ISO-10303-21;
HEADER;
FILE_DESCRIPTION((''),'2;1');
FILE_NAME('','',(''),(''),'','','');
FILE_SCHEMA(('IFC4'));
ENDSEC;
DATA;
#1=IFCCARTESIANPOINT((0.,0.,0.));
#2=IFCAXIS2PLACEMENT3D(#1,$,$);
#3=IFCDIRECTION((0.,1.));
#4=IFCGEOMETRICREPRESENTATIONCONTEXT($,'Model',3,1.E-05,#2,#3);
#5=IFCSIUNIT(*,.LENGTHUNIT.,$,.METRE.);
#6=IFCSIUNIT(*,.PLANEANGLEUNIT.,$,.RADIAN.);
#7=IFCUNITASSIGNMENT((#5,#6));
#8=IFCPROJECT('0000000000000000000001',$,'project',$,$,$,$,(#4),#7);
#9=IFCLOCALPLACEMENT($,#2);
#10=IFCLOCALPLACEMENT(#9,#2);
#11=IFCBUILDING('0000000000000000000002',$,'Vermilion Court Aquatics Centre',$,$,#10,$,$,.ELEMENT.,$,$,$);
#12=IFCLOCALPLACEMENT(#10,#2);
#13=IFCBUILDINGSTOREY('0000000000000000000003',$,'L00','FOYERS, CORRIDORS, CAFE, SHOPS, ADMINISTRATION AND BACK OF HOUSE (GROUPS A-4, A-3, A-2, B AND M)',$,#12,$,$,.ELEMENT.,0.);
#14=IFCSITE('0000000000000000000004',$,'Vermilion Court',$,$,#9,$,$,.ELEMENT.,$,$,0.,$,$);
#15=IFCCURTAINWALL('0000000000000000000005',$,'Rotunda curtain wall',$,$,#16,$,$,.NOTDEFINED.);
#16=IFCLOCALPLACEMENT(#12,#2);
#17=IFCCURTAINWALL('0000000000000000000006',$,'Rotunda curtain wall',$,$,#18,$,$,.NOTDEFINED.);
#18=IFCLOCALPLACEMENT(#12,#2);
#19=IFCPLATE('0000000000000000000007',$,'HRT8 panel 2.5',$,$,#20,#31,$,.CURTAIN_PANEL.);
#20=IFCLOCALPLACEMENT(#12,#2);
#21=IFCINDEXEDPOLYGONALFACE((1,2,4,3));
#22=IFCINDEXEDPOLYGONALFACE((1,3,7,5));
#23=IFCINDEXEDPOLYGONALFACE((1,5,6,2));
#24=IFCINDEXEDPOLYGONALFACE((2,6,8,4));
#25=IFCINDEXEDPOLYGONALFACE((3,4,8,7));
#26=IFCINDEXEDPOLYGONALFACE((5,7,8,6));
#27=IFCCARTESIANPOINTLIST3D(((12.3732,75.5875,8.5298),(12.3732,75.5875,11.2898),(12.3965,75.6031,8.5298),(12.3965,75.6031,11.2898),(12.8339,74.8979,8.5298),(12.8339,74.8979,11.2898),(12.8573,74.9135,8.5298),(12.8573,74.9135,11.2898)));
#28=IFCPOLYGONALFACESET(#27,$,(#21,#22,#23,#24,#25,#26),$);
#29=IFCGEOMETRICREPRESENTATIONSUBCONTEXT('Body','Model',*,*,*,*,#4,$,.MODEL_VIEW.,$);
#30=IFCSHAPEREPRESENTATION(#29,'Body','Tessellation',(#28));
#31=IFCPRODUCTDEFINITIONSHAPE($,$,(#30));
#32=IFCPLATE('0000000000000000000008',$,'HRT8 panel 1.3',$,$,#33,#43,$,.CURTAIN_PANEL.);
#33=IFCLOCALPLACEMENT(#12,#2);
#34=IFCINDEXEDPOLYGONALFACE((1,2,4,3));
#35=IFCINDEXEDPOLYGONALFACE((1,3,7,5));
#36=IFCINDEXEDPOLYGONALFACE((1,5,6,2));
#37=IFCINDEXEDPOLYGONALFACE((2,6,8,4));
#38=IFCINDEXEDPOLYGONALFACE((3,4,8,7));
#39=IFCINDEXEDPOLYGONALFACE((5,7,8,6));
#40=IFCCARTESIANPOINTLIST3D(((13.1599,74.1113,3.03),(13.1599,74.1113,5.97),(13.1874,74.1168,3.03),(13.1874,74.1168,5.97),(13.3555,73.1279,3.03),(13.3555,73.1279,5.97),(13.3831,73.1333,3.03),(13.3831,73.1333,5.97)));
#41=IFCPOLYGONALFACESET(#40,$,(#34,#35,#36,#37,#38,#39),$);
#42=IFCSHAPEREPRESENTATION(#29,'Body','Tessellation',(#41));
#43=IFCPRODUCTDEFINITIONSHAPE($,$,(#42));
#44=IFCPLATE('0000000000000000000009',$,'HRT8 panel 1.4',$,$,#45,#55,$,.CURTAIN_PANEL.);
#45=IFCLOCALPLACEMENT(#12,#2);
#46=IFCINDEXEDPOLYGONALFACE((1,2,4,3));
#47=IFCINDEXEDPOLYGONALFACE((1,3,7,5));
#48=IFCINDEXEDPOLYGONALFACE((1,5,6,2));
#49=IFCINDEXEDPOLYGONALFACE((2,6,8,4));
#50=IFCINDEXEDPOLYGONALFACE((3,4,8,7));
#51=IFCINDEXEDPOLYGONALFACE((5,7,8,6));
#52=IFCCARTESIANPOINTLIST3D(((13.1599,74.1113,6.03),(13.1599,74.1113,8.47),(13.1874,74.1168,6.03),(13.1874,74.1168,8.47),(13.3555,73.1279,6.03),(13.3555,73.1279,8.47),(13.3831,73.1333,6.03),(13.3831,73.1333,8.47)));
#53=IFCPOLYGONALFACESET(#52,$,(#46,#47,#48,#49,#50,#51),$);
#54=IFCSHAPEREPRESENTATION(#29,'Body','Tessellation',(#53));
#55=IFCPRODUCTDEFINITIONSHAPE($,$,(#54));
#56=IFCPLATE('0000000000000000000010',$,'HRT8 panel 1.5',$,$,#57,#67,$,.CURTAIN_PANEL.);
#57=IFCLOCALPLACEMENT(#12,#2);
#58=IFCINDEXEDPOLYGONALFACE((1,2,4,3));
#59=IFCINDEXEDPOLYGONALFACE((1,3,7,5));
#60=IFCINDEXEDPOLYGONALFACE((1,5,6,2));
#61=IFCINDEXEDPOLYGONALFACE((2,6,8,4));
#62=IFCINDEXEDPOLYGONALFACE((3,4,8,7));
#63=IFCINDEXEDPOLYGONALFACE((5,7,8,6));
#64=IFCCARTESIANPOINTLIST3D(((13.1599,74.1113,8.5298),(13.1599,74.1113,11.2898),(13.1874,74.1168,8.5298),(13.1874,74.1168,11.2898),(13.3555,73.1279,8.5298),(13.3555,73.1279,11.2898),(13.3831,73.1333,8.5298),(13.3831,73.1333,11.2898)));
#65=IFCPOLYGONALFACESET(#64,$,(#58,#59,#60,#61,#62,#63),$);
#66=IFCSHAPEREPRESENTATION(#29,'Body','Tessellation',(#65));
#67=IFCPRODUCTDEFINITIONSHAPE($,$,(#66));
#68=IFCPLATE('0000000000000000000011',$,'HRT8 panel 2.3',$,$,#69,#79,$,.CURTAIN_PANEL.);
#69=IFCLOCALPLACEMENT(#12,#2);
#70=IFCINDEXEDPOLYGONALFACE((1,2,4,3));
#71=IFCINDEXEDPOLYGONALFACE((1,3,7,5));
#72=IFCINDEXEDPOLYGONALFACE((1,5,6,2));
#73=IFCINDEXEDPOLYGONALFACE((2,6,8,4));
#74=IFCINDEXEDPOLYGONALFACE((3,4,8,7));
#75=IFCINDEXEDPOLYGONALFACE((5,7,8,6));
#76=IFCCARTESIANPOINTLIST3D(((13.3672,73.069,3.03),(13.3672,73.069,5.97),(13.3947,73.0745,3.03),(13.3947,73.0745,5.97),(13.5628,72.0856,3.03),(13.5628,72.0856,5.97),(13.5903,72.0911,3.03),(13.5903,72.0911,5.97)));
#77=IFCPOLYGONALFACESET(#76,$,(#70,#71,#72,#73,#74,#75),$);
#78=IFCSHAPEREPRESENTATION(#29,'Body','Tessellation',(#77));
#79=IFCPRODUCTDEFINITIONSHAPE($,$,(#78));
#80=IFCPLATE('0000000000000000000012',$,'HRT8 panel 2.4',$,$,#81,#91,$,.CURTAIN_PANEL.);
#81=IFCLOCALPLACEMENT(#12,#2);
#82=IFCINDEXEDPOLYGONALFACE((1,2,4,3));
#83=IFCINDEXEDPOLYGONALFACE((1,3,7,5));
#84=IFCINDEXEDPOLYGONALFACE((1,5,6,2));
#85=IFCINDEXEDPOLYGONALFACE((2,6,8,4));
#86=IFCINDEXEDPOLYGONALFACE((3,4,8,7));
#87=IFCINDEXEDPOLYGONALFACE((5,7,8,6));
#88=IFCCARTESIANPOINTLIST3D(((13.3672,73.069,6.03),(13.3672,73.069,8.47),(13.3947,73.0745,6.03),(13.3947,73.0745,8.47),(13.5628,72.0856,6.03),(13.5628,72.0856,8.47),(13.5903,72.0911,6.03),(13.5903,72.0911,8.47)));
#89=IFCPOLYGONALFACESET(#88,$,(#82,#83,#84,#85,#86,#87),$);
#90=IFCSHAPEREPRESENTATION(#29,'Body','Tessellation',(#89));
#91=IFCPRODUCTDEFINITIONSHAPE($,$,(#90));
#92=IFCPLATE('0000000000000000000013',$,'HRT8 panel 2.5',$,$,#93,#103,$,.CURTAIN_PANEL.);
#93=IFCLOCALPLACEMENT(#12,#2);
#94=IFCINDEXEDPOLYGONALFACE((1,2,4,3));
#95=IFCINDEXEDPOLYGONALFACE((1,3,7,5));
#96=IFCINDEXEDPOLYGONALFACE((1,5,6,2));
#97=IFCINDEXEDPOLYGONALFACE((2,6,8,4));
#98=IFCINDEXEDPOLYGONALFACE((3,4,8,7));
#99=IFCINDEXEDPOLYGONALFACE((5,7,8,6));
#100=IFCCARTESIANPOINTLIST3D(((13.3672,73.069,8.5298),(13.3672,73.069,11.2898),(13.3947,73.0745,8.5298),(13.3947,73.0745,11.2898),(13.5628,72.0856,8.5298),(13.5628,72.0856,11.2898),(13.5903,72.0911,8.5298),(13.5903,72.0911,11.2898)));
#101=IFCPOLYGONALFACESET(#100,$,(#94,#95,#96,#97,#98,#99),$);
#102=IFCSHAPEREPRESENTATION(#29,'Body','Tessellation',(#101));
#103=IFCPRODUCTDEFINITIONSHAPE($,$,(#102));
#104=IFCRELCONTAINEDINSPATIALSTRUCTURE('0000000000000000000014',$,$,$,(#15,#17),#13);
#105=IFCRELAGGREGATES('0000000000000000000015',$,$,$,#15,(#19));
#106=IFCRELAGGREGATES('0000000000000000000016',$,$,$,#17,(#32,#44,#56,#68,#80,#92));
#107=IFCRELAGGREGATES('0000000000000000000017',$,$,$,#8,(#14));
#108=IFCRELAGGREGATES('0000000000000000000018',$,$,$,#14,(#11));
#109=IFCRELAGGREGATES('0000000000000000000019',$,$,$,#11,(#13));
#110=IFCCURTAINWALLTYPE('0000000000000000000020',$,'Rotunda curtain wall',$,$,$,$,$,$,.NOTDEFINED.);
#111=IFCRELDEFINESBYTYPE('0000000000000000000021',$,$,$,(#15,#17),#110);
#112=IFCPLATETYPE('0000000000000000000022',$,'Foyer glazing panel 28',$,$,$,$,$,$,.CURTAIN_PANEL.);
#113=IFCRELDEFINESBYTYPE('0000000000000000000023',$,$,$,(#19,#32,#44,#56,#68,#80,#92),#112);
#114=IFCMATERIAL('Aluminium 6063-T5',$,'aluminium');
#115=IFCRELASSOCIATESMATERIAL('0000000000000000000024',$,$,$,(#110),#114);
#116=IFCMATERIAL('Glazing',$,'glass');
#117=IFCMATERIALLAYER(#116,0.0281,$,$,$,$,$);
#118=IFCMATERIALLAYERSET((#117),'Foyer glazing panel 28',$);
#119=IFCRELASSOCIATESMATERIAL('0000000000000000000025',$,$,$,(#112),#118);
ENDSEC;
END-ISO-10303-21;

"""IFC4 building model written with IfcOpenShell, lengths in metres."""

from ifc_helpers import new_model, si_unit, direction, frame, origin, origin_2d, place, context, subcontext, project, spatial, rectangle, extrude, material, layer, layer_set, type_object, element, aggregate, save


model = new_model("IFC4")

# Units and contexts
model_context = context("Model", 3, precision=1e-05, world=origin(), true_north=direction((0.0, 1.0)))
body_context = subcontext(model_context, "Body", "Model", "MODEL_VIEW")
ifc_project = project(units=[si_unit("LENGTHUNIT", "METRE"), si_unit("PLANEANGLEUNIT", "RADIAN")], contexts=[model_context])

# Site, building, storey
site_placement = place(None, origin())
site = spatial("IfcSite", under=ifc_project, at=site_placement, Name="Vermilion Court", CompositionType="ELEMENT", RefElevation=0.0)
building_placement = place(site_placement, origin())
building = spatial("IfcBuilding", under=site, at=building_placement, Name="Vermilion Court Aquatics Centre", CompositionType="ELEMENT")
storey_placement = place(building_placement, origin())
storey = spatial("IfcBuildingStorey", under=building, at=storey_placement, Name="L00", Description="FOYERS, CORRIDORS, CAFE, SHOPS, ADMINISTRATION AND BACK OF HOUSE (GROUPS A-4, A-3, A-2, B AND M)", CompositionType="ELEMENT", Elevation=0.0)

# Curtain walls
ifc_material_1 = material(Name="Aluminium 6063-T5", Category="aluminium")
curtain_wall_type = type_object("IfcCurtainWallType", Name="Rotunda curtain wall", PredefinedType="NOTDEFINED", material=ifc_material_1)
curtain_wall_1_placement = place(storey_placement, origin())
curtain_wall_1 = element("IfcCurtainWall", 1, at=curtain_wall_1_placement, inside=storey, type_object=curtain_wall_type, Name="Rotunda curtain wall", PredefinedType="NOTDEFINED")
curtain_wall_2_placement = place(storey_placement, origin())
curtain_wall_2 = element("IfcCurtainWall", 2, at=curtain_wall_2_placement, inside=storey, type_object=curtain_wall_type, Name="Rotunda curtain wall", PredefinedType="NOTDEFINED")

# Plates
ifc_material_2 = material(Name="Glazing", Category="glass")
ifc_layer = layer(ifc_material_2, 0.0281)
ifc_layer_set = layer_set([ifc_layer], Name="Foyer glazing panel 28")
plate_type = type_object("IfcPlateType", Name="Foyer glazing panel 28", PredefinedType="CURTAIN_PANEL", material=ifc_layer_set)
plate_1_placement = place(storey_placement, frame((12.6152, 75.2505, 8.5298), z_axis=(0.0, 0.0, 1.0), x_axis=(0.555541, -0.831489, 0.0)))
plate_1 = element("IfcPlate", 3, at=plate_1_placement, type_object=plate_type, Name="HRT8 panel 2.5", PredefinedType="CURTAIN_PANEL", context=body_context, shape_type="SweptSolid", body=[
    extrude(rectangle(XDim=0.8293, YDim=0.0281, at=origin_2d()), origin(), (0.0, 0.0, 1.0), 2.76),
])
aggregate(curtain_wall_1, [plate_1])
plate_2_placement = place(storey_placement, frame((13.2715, 73.6223, 3.03), z_axis=(0.0, 0.0, 1.0), x_axis=(0.195095, -0.980784, 0.0)))
plate_2 = element("IfcPlate", 4, at=plate_2_placement, type_object=plate_type, Name="HRT8 panel 1.3", PredefinedType="CURTAIN_PANEL", context=body_context, shape_type="SweptSolid", body=[
    extrude(rectangle(XDim=1.0027, YDim=0.0281, at=origin_2d()), origin(), (0.0, 0.0, 1.0), 2.9399),
])
plate_3_placement = place(storey_placement, frame((13.2715, 73.6223, 6.03), z_axis=(0.0, 0.0, 1.0), x_axis=(0.195095, -0.980784, 0.0)))
plate_3 = element("IfcPlate", 5, at=plate_3_placement, type_object=plate_type, Name="HRT8 panel 1.4", PredefinedType="CURTAIN_PANEL", context=body_context, shape_type="SweptSolid", body=[
    extrude(rectangle(XDim=1.0027, YDim=0.0281, at=origin_2d()), origin(), (0.0, 0.0, 1.0), 2.4399),
])
plate_4_placement = place(storey_placement, frame((13.2715, 73.6223, 8.5298), z_axis=(0.0, 0.0, 1.0), x_axis=(0.195095, -0.980784, 0.0)))
plate_4 = element("IfcPlate", 6, at=plate_4_placement, type_object=plate_type, Name="HRT8 panel 1.5", PredefinedType="CURTAIN_PANEL", context=body_context, shape_type="SweptSolid", body=[
    extrude(rectangle(XDim=1.0027, YDim=0.0281, at=origin_2d()), origin(), (0.0, 0.0, 1.0), 2.76),
])
plate_5_placement = place(storey_placement, frame((13.4788, 72.5801, 3.03), z_axis=(0.0, 0.0, 1.0), x_axis=(0.195095, -0.980784, 0.0)))
plate_5 = element("IfcPlate", 7, at=plate_5_placement, type_object=plate_type, Name="HRT8 panel 2.3", PredefinedType="CURTAIN_PANEL", context=body_context, shape_type="SweptSolid", body=[
    extrude(rectangle(XDim=1.0027, YDim=0.0281, at=origin_2d()), origin(), (0.0, 0.0, 1.0), 2.9399),
])
plate_6_placement = place(storey_placement, frame((13.4788, 72.5801, 6.03), z_axis=(0.0, 0.0, 1.0), x_axis=(0.195095, -0.980784, 0.0)))
plate_6 = element("IfcPlate", 8, at=plate_6_placement, type_object=plate_type, Name="HRT8 panel 2.4", PredefinedType="CURTAIN_PANEL", context=body_context, shape_type="SweptSolid", body=[
    extrude(rectangle(XDim=1.0027, YDim=0.0281, at=origin_2d()), origin(), (0.0, 0.0, 1.0), 2.4399),
])
plate_7_placement = place(storey_placement, frame((13.4788, 72.5801, 8.5298), z_axis=(0.0, 0.0, 1.0), x_axis=(0.195095, -0.980784, 0.0)))
plate_7 = element("IfcPlate", 9, at=plate_7_placement, type_object=plate_type, Name="HRT8 panel 2.5", PredefinedType="CURTAIN_PANEL", context=body_context, shape_type="SweptSolid", body=[
    extrude(rectangle(XDim=1.0027, YDim=0.0281, at=origin_2d()), origin(), (0.0, 0.0, 1.0), 2.76),
])
aggregate(curtain_wall_2, [plate_2, plate_3, plate_4, plate_5, plate_6, plate_7])

save(model, "model.ifc")
